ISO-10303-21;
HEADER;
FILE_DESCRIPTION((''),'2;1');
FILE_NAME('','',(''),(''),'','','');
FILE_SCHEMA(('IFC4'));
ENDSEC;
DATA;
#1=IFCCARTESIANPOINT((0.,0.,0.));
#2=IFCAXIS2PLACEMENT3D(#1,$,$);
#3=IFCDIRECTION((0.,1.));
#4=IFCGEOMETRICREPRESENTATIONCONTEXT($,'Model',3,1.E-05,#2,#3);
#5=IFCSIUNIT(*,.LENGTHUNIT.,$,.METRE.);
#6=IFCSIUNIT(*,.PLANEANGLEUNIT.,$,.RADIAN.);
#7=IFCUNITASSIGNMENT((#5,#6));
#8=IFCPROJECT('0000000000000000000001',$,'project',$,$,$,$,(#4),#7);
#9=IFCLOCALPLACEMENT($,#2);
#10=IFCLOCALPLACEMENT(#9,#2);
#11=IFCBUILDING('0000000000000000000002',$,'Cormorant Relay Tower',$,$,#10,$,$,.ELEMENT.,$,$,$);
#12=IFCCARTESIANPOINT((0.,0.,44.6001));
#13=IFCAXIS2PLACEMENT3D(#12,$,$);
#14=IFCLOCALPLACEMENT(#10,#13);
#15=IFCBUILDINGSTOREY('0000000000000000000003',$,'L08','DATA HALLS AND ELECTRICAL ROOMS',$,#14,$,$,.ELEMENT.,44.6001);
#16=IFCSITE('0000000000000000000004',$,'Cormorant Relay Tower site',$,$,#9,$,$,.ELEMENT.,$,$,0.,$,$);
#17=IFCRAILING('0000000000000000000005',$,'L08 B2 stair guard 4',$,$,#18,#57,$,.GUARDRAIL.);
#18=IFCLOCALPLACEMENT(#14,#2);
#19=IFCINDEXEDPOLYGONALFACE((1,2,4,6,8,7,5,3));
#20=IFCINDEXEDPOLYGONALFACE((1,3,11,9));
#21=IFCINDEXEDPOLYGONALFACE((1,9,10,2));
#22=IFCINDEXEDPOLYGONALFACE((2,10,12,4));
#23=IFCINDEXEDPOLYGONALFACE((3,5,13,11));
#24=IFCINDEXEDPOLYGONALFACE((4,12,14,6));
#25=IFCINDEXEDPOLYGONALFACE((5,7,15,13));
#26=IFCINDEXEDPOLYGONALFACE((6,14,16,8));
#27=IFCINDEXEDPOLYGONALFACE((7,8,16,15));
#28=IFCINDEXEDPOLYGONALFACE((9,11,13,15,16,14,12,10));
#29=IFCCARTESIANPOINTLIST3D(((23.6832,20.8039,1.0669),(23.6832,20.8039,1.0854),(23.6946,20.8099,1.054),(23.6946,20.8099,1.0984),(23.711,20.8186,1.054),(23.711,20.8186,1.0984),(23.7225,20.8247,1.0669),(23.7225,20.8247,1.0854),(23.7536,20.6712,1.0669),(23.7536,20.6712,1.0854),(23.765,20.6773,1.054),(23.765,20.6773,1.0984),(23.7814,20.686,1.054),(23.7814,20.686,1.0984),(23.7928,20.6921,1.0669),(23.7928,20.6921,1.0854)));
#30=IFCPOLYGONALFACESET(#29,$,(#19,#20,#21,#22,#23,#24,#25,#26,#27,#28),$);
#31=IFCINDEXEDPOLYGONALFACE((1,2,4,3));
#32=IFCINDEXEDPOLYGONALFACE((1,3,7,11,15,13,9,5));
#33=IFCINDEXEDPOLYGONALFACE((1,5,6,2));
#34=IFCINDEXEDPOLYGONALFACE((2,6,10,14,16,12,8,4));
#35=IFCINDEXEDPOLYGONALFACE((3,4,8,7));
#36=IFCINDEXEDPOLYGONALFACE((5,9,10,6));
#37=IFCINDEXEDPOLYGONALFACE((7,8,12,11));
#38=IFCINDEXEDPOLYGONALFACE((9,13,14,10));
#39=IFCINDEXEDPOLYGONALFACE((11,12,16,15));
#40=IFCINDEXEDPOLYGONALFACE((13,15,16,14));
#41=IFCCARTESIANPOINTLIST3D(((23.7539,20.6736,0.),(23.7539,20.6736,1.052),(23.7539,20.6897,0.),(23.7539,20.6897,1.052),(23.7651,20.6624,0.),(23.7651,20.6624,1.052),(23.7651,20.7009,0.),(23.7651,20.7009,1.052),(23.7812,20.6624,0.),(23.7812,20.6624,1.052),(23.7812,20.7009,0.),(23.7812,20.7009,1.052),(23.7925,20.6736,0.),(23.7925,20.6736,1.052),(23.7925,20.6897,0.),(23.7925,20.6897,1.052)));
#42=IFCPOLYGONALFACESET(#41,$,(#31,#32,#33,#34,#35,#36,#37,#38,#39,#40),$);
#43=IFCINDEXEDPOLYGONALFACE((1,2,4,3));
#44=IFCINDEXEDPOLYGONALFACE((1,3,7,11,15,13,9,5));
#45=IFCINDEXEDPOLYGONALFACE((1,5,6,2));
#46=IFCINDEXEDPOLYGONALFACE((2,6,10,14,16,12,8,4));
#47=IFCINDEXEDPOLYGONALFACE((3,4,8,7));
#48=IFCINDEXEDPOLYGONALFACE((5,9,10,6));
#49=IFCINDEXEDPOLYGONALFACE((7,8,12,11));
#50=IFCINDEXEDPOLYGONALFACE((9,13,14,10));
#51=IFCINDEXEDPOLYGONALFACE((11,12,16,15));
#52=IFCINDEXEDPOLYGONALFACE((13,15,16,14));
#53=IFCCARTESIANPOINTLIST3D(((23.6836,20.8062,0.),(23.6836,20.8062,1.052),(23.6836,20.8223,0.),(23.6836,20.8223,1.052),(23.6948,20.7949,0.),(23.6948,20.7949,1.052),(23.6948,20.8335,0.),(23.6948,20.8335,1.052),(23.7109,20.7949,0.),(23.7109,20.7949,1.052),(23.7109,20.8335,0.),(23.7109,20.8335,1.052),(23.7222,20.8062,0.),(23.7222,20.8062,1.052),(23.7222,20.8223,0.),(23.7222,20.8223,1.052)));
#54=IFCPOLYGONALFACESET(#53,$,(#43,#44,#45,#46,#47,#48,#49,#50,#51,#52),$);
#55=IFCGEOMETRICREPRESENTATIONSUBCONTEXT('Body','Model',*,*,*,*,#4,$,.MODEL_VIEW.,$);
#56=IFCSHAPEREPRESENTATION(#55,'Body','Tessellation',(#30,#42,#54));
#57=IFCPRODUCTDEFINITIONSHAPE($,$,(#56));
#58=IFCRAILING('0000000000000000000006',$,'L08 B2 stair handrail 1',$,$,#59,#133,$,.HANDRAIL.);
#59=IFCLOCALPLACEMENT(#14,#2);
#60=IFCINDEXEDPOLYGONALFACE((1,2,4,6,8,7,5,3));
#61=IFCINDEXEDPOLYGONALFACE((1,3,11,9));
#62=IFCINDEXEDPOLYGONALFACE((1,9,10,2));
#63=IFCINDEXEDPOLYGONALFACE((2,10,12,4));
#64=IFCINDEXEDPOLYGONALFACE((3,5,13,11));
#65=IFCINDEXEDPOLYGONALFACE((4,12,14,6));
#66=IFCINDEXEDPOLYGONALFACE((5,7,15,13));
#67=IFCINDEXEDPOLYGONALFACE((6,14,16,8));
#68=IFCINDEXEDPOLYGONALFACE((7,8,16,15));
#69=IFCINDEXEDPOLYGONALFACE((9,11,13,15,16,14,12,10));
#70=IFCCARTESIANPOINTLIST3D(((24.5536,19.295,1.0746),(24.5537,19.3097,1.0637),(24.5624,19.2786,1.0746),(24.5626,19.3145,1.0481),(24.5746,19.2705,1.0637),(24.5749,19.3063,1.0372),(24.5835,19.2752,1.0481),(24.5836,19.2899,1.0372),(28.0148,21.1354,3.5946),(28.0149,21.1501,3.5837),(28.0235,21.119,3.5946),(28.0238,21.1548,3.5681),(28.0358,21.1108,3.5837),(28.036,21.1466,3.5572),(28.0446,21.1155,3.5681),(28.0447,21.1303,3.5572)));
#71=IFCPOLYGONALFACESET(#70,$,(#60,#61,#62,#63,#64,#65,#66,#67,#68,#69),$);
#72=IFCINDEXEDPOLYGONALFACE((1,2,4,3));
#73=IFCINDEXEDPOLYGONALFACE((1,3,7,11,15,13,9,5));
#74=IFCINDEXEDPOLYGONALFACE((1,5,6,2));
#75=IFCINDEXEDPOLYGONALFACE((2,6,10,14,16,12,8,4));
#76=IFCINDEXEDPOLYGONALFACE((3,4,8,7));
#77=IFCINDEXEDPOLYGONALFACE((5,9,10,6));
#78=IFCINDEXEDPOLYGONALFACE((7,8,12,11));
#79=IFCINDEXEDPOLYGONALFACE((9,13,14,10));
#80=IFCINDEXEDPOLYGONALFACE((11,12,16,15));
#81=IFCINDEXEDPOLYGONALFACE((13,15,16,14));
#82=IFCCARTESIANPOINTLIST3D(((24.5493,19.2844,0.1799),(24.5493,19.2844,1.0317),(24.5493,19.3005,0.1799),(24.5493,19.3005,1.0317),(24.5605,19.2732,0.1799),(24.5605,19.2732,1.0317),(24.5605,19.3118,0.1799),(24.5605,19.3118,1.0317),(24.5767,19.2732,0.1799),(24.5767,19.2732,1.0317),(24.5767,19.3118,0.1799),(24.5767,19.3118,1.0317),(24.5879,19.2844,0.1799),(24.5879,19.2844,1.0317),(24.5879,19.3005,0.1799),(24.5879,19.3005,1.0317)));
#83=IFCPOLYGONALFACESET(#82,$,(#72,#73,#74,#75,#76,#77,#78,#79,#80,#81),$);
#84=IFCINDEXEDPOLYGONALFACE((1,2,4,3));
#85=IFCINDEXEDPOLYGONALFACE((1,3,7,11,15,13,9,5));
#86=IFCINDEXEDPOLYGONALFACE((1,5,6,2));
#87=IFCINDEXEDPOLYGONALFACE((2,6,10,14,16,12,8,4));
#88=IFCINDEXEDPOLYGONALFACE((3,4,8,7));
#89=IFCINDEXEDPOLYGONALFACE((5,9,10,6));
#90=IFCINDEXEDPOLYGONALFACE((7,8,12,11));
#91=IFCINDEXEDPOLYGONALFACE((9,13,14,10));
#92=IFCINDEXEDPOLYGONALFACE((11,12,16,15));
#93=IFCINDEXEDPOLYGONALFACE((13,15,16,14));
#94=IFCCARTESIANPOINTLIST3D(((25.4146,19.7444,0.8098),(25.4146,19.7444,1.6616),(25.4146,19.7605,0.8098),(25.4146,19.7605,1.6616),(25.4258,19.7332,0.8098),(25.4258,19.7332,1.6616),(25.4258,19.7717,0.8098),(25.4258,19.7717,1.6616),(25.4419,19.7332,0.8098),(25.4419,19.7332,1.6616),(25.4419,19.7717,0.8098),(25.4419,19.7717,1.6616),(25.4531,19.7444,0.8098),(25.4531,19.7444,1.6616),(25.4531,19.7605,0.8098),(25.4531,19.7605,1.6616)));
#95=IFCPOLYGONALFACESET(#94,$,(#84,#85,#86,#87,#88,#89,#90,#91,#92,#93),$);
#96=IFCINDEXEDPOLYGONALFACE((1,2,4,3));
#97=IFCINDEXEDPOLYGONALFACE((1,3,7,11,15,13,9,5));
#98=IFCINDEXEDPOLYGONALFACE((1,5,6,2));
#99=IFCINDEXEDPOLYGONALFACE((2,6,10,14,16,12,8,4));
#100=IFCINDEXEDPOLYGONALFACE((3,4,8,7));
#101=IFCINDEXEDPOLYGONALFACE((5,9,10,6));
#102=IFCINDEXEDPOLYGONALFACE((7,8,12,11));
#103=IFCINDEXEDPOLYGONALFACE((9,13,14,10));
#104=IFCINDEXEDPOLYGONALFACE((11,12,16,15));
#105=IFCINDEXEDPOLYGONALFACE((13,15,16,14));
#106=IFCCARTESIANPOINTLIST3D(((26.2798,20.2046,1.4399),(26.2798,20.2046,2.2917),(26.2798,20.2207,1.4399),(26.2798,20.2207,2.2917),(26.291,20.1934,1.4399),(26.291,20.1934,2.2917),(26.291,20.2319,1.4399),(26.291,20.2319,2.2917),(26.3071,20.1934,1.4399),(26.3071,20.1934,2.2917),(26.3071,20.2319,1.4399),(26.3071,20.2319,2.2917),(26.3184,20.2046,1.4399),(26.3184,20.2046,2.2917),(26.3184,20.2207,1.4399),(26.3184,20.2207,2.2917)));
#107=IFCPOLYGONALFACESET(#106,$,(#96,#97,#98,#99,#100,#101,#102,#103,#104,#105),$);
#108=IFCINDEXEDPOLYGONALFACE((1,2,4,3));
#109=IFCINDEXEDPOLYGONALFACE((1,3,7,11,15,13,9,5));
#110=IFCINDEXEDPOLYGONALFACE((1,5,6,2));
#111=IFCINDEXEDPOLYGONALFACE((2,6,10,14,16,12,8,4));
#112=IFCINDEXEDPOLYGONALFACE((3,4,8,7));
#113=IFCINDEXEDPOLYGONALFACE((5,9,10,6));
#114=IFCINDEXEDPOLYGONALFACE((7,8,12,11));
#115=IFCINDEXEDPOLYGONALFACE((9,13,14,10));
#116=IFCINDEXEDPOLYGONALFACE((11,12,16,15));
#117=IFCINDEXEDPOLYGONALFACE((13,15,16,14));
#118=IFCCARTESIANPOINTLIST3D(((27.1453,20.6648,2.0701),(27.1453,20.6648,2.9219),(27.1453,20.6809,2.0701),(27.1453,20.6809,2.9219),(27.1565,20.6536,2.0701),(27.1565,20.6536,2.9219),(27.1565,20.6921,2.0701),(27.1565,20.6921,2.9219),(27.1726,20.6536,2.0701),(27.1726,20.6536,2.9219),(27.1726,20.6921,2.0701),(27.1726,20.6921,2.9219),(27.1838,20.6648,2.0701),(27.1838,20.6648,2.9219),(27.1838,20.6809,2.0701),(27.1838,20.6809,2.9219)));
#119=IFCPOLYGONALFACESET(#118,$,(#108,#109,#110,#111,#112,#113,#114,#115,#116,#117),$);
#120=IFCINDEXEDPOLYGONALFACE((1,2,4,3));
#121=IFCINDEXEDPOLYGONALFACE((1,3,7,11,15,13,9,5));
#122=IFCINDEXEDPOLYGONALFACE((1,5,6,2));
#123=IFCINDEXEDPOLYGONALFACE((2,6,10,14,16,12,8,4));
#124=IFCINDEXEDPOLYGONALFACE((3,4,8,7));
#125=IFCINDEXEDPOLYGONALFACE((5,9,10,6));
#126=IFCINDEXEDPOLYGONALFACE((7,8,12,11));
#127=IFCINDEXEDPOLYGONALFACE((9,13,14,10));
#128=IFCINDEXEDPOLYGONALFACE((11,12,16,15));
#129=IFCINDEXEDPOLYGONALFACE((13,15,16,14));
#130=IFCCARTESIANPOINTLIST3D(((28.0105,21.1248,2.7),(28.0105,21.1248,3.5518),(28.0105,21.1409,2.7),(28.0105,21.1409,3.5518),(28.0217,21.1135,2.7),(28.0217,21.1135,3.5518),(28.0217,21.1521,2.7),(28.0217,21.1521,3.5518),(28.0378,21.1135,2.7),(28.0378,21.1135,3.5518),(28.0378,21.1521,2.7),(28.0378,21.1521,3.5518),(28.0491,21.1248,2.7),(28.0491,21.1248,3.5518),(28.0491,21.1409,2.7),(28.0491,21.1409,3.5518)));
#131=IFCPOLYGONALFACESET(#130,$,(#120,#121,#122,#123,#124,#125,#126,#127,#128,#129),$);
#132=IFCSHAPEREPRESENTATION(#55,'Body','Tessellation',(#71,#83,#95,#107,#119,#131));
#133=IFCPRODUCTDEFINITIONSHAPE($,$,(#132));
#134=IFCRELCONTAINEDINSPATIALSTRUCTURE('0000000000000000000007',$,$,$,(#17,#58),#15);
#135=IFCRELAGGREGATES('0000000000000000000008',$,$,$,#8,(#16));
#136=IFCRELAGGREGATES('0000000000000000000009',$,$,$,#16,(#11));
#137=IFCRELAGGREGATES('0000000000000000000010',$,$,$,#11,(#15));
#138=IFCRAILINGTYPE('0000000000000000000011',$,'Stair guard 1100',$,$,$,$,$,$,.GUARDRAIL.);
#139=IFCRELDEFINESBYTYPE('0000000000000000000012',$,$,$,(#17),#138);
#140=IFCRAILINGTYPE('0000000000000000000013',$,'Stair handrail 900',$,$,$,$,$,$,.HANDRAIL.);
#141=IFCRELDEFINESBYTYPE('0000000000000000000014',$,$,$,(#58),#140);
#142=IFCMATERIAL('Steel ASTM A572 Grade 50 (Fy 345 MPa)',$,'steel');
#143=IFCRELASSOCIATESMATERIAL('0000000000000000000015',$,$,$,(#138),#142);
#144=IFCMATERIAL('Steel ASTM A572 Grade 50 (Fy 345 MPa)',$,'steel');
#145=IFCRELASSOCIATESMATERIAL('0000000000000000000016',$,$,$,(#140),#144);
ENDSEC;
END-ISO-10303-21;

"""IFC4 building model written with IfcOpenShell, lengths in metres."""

from ifc_helpers import new_model, si_unit, direction, frame, origin, place, context, subcontext, project, spatial, polyline, outline, extrude, material, type_object, element, save


model = new_model("IFC4")

# Units and contexts
model_context = context("Model", 3, precision=1e-05, world=origin(), true_north=direction((0.0, 1.0)))
body_context = subcontext(model_context, "Body", "Model", "MODEL_VIEW")
ifc_project = project(units=[si_unit("LENGTHUNIT", "METRE"), si_unit("PLANEANGLEUNIT", "RADIAN")], contexts=[model_context])

# Site, building, storey
site_placement = place(None, origin())
site = spatial("IfcSite", under=ifc_project, at=site_placement, Name="Cormorant Relay Tower site", CompositionType="ELEMENT", RefElevation=0.0)
building_placement = place(site_placement, origin())
building = spatial("IfcBuilding", under=site, at=building_placement, Name="Cormorant Relay Tower", CompositionType="ELEMENT")
storey_placement = place(building_placement, frame((0.0, 0.0, 44.6001)))
storey = spatial("IfcBuildingStorey", under=building, at=storey_placement, Name="L08", Description="DATA HALLS AND ELECTRICAL ROOMS", CompositionType="ELEMENT", Elevation=44.6001)

# Railings
ifc_material_1 = material(Name="Steel ASTM A572 Grade 50 (Fy 345 MPa)", Category="steel")
railing_type_1 = type_object("IfcRailingType", Name="Stair guard 1100", PredefinedType="GUARDRAIL", material=ifc_material_1)
railing_1_placement = place(storey_placement, frame((23.7732, 20.6816, 0.0)))
element("IfcRailing", 1, at=railing_1_placement, inside=storey, type_object=railing_type_1, Name="L08 B2 stair guard 4", PredefinedType="GUARDRAIL", context=body_context, shape_type="SweptSolid", body=[
    extrude(outline(polyline([(0.0222, 0.0093), (0.0093, 0.0222), (-0.0093, 0.0222), (-0.0222, 0.0093), (-0.0222, -0.0093), (-0.0093, -0.0222), (0.0093, -0.0222), (0.0222, -0.0093), (0.0222, 0.0093)])), frame((0.0, 0.0, 1.0762), z_axis=(-0.46856, 0.883431, 0.0), x_axis=(-0.883431, -0.46856, 0.0)), (0.0, 0.0, 1.0), 0.1501),
    extrude(outline(polyline([(0.0193, 0.0081), (0.0081, 0.0193), (-0.0081, 0.0193), (-0.0193, 0.0081), (-0.0193, -0.0081), (-0.0081, -0.0193), (0.0081, -0.0193), (0.0193, -0.0081), (0.0193, 0.0081)])), origin(), (0.0, 0.0, 1.0), 1.052),
    extrude(outline(polyline([(0.0193, 0.0081), (0.0081, 0.0193), (-0.0081, 0.0193), (-0.0193, 0.0081), (-0.0193, -0.0081), (-0.0081, -0.0193), (0.0081, -0.0193), (0.0193, -0.0081), (0.0193, 0.0081)])), frame((-0.0703, 0.1326, 0.0)), (0.0, 0.0, 1.0), 1.052),
])
ifc_material_2 = material(Name="Steel ASTM A572 Grade 50 (Fy 345 MPa)", Category="steel")
railing_type_2 = type_object("IfcRailingType", Name="Stair handrail 900", PredefinedType="HANDRAIL", material=ifc_material_2)
railing_2_placement = place(storey_placement, frame((24.5686, 19.2925, 0.1799)))
element("IfcRailing", 2, at=railing_2_placement, inside=storey, type_object=railing_type_2, Name="L08 B2 stair handrail 1", PredefinedType="HANDRAIL", context=body_context, shape_type="SweptSolid", body=[
    extrude(outline(polyline([(0.0222, 0.0093), (0.0093, 0.0222), (-0.0093, 0.0222), (-0.0222, 0.0093), (-0.0222, -0.0093), (-0.0093, -0.0222), (0.0093, -0.0222), (0.0222, -0.0093), (0.0222, 0.0093)])), frame((0.0, 0.0, 0.876), z_axis=(0.742717, 0.394907, 0.540758), x_axis=(-0.469469, 0.882949, 0.0)), (0.0, 0.0, 1.0), 4.6602),
    extrude(outline(polyline([(0.0193, 0.0081), (0.0081, 0.0193), (-0.0081, 0.0193), (-0.0193, 0.0081), (-0.0193, -0.0081), (-0.0081, -0.0193), (0.0081, -0.0193), (0.0193, -0.0081), (0.0193, 0.0081)])), origin(), (0.0, 0.0, 1.0), 0.8518),
    extrude(outline(polyline([(0.0193, 0.0081), (0.0081, 0.0193), (-0.0081, 0.0193), (-0.0193, 0.0081), (-0.0193, -0.0081), (-0.0081, -0.0193), (0.0081, -0.0193), (0.0193, -0.0081), (0.0193, 0.0081)])), frame((0.8652, 0.46, 0.6299)), (0.0, 0.0, 1.0), 0.8518),
    extrude(outline(polyline([(0.0193, 0.0081), (0.0081, 0.0193), (-0.0081, 0.0193), (-0.0193, 0.0081), (-0.0193, -0.0081), (-0.0081, -0.0193), (0.0081, -0.0193), (0.0193, -0.0081), (0.0193, 0.0081)])), frame((1.7305, 0.9202, 1.26)), (0.0, 0.0, 1.0), 0.8518),
    extrude(outline(polyline([(0.0193, 0.0081), (0.0081, 0.0193), (-0.0081, 0.0193), (-0.0193, 0.0081), (-0.0193, -0.0081), (-0.0081, -0.0193), (0.0081, -0.0193), (0.0193, -0.0081), (0.0193, 0.0081)])), frame((2.5959, 1.3804, 1.8901)), (0.0, 0.0, 1.0), 0.8518),
    extrude(outline(polyline([(0.0193, 0.0081), (0.0081, 0.0193), (-0.0081, 0.0193), (-0.0193, 0.0081), (-0.0193, -0.0081), (-0.0081, -0.0193), (0.0081, -0.0193), (0.0193, -0.0081), (0.0193, 0.0081)])), frame((3.4612, 1.8403, 2.52)), (0.0, 0.0, 1.0), 0.8518),
])

save(model, "model.ifc")
